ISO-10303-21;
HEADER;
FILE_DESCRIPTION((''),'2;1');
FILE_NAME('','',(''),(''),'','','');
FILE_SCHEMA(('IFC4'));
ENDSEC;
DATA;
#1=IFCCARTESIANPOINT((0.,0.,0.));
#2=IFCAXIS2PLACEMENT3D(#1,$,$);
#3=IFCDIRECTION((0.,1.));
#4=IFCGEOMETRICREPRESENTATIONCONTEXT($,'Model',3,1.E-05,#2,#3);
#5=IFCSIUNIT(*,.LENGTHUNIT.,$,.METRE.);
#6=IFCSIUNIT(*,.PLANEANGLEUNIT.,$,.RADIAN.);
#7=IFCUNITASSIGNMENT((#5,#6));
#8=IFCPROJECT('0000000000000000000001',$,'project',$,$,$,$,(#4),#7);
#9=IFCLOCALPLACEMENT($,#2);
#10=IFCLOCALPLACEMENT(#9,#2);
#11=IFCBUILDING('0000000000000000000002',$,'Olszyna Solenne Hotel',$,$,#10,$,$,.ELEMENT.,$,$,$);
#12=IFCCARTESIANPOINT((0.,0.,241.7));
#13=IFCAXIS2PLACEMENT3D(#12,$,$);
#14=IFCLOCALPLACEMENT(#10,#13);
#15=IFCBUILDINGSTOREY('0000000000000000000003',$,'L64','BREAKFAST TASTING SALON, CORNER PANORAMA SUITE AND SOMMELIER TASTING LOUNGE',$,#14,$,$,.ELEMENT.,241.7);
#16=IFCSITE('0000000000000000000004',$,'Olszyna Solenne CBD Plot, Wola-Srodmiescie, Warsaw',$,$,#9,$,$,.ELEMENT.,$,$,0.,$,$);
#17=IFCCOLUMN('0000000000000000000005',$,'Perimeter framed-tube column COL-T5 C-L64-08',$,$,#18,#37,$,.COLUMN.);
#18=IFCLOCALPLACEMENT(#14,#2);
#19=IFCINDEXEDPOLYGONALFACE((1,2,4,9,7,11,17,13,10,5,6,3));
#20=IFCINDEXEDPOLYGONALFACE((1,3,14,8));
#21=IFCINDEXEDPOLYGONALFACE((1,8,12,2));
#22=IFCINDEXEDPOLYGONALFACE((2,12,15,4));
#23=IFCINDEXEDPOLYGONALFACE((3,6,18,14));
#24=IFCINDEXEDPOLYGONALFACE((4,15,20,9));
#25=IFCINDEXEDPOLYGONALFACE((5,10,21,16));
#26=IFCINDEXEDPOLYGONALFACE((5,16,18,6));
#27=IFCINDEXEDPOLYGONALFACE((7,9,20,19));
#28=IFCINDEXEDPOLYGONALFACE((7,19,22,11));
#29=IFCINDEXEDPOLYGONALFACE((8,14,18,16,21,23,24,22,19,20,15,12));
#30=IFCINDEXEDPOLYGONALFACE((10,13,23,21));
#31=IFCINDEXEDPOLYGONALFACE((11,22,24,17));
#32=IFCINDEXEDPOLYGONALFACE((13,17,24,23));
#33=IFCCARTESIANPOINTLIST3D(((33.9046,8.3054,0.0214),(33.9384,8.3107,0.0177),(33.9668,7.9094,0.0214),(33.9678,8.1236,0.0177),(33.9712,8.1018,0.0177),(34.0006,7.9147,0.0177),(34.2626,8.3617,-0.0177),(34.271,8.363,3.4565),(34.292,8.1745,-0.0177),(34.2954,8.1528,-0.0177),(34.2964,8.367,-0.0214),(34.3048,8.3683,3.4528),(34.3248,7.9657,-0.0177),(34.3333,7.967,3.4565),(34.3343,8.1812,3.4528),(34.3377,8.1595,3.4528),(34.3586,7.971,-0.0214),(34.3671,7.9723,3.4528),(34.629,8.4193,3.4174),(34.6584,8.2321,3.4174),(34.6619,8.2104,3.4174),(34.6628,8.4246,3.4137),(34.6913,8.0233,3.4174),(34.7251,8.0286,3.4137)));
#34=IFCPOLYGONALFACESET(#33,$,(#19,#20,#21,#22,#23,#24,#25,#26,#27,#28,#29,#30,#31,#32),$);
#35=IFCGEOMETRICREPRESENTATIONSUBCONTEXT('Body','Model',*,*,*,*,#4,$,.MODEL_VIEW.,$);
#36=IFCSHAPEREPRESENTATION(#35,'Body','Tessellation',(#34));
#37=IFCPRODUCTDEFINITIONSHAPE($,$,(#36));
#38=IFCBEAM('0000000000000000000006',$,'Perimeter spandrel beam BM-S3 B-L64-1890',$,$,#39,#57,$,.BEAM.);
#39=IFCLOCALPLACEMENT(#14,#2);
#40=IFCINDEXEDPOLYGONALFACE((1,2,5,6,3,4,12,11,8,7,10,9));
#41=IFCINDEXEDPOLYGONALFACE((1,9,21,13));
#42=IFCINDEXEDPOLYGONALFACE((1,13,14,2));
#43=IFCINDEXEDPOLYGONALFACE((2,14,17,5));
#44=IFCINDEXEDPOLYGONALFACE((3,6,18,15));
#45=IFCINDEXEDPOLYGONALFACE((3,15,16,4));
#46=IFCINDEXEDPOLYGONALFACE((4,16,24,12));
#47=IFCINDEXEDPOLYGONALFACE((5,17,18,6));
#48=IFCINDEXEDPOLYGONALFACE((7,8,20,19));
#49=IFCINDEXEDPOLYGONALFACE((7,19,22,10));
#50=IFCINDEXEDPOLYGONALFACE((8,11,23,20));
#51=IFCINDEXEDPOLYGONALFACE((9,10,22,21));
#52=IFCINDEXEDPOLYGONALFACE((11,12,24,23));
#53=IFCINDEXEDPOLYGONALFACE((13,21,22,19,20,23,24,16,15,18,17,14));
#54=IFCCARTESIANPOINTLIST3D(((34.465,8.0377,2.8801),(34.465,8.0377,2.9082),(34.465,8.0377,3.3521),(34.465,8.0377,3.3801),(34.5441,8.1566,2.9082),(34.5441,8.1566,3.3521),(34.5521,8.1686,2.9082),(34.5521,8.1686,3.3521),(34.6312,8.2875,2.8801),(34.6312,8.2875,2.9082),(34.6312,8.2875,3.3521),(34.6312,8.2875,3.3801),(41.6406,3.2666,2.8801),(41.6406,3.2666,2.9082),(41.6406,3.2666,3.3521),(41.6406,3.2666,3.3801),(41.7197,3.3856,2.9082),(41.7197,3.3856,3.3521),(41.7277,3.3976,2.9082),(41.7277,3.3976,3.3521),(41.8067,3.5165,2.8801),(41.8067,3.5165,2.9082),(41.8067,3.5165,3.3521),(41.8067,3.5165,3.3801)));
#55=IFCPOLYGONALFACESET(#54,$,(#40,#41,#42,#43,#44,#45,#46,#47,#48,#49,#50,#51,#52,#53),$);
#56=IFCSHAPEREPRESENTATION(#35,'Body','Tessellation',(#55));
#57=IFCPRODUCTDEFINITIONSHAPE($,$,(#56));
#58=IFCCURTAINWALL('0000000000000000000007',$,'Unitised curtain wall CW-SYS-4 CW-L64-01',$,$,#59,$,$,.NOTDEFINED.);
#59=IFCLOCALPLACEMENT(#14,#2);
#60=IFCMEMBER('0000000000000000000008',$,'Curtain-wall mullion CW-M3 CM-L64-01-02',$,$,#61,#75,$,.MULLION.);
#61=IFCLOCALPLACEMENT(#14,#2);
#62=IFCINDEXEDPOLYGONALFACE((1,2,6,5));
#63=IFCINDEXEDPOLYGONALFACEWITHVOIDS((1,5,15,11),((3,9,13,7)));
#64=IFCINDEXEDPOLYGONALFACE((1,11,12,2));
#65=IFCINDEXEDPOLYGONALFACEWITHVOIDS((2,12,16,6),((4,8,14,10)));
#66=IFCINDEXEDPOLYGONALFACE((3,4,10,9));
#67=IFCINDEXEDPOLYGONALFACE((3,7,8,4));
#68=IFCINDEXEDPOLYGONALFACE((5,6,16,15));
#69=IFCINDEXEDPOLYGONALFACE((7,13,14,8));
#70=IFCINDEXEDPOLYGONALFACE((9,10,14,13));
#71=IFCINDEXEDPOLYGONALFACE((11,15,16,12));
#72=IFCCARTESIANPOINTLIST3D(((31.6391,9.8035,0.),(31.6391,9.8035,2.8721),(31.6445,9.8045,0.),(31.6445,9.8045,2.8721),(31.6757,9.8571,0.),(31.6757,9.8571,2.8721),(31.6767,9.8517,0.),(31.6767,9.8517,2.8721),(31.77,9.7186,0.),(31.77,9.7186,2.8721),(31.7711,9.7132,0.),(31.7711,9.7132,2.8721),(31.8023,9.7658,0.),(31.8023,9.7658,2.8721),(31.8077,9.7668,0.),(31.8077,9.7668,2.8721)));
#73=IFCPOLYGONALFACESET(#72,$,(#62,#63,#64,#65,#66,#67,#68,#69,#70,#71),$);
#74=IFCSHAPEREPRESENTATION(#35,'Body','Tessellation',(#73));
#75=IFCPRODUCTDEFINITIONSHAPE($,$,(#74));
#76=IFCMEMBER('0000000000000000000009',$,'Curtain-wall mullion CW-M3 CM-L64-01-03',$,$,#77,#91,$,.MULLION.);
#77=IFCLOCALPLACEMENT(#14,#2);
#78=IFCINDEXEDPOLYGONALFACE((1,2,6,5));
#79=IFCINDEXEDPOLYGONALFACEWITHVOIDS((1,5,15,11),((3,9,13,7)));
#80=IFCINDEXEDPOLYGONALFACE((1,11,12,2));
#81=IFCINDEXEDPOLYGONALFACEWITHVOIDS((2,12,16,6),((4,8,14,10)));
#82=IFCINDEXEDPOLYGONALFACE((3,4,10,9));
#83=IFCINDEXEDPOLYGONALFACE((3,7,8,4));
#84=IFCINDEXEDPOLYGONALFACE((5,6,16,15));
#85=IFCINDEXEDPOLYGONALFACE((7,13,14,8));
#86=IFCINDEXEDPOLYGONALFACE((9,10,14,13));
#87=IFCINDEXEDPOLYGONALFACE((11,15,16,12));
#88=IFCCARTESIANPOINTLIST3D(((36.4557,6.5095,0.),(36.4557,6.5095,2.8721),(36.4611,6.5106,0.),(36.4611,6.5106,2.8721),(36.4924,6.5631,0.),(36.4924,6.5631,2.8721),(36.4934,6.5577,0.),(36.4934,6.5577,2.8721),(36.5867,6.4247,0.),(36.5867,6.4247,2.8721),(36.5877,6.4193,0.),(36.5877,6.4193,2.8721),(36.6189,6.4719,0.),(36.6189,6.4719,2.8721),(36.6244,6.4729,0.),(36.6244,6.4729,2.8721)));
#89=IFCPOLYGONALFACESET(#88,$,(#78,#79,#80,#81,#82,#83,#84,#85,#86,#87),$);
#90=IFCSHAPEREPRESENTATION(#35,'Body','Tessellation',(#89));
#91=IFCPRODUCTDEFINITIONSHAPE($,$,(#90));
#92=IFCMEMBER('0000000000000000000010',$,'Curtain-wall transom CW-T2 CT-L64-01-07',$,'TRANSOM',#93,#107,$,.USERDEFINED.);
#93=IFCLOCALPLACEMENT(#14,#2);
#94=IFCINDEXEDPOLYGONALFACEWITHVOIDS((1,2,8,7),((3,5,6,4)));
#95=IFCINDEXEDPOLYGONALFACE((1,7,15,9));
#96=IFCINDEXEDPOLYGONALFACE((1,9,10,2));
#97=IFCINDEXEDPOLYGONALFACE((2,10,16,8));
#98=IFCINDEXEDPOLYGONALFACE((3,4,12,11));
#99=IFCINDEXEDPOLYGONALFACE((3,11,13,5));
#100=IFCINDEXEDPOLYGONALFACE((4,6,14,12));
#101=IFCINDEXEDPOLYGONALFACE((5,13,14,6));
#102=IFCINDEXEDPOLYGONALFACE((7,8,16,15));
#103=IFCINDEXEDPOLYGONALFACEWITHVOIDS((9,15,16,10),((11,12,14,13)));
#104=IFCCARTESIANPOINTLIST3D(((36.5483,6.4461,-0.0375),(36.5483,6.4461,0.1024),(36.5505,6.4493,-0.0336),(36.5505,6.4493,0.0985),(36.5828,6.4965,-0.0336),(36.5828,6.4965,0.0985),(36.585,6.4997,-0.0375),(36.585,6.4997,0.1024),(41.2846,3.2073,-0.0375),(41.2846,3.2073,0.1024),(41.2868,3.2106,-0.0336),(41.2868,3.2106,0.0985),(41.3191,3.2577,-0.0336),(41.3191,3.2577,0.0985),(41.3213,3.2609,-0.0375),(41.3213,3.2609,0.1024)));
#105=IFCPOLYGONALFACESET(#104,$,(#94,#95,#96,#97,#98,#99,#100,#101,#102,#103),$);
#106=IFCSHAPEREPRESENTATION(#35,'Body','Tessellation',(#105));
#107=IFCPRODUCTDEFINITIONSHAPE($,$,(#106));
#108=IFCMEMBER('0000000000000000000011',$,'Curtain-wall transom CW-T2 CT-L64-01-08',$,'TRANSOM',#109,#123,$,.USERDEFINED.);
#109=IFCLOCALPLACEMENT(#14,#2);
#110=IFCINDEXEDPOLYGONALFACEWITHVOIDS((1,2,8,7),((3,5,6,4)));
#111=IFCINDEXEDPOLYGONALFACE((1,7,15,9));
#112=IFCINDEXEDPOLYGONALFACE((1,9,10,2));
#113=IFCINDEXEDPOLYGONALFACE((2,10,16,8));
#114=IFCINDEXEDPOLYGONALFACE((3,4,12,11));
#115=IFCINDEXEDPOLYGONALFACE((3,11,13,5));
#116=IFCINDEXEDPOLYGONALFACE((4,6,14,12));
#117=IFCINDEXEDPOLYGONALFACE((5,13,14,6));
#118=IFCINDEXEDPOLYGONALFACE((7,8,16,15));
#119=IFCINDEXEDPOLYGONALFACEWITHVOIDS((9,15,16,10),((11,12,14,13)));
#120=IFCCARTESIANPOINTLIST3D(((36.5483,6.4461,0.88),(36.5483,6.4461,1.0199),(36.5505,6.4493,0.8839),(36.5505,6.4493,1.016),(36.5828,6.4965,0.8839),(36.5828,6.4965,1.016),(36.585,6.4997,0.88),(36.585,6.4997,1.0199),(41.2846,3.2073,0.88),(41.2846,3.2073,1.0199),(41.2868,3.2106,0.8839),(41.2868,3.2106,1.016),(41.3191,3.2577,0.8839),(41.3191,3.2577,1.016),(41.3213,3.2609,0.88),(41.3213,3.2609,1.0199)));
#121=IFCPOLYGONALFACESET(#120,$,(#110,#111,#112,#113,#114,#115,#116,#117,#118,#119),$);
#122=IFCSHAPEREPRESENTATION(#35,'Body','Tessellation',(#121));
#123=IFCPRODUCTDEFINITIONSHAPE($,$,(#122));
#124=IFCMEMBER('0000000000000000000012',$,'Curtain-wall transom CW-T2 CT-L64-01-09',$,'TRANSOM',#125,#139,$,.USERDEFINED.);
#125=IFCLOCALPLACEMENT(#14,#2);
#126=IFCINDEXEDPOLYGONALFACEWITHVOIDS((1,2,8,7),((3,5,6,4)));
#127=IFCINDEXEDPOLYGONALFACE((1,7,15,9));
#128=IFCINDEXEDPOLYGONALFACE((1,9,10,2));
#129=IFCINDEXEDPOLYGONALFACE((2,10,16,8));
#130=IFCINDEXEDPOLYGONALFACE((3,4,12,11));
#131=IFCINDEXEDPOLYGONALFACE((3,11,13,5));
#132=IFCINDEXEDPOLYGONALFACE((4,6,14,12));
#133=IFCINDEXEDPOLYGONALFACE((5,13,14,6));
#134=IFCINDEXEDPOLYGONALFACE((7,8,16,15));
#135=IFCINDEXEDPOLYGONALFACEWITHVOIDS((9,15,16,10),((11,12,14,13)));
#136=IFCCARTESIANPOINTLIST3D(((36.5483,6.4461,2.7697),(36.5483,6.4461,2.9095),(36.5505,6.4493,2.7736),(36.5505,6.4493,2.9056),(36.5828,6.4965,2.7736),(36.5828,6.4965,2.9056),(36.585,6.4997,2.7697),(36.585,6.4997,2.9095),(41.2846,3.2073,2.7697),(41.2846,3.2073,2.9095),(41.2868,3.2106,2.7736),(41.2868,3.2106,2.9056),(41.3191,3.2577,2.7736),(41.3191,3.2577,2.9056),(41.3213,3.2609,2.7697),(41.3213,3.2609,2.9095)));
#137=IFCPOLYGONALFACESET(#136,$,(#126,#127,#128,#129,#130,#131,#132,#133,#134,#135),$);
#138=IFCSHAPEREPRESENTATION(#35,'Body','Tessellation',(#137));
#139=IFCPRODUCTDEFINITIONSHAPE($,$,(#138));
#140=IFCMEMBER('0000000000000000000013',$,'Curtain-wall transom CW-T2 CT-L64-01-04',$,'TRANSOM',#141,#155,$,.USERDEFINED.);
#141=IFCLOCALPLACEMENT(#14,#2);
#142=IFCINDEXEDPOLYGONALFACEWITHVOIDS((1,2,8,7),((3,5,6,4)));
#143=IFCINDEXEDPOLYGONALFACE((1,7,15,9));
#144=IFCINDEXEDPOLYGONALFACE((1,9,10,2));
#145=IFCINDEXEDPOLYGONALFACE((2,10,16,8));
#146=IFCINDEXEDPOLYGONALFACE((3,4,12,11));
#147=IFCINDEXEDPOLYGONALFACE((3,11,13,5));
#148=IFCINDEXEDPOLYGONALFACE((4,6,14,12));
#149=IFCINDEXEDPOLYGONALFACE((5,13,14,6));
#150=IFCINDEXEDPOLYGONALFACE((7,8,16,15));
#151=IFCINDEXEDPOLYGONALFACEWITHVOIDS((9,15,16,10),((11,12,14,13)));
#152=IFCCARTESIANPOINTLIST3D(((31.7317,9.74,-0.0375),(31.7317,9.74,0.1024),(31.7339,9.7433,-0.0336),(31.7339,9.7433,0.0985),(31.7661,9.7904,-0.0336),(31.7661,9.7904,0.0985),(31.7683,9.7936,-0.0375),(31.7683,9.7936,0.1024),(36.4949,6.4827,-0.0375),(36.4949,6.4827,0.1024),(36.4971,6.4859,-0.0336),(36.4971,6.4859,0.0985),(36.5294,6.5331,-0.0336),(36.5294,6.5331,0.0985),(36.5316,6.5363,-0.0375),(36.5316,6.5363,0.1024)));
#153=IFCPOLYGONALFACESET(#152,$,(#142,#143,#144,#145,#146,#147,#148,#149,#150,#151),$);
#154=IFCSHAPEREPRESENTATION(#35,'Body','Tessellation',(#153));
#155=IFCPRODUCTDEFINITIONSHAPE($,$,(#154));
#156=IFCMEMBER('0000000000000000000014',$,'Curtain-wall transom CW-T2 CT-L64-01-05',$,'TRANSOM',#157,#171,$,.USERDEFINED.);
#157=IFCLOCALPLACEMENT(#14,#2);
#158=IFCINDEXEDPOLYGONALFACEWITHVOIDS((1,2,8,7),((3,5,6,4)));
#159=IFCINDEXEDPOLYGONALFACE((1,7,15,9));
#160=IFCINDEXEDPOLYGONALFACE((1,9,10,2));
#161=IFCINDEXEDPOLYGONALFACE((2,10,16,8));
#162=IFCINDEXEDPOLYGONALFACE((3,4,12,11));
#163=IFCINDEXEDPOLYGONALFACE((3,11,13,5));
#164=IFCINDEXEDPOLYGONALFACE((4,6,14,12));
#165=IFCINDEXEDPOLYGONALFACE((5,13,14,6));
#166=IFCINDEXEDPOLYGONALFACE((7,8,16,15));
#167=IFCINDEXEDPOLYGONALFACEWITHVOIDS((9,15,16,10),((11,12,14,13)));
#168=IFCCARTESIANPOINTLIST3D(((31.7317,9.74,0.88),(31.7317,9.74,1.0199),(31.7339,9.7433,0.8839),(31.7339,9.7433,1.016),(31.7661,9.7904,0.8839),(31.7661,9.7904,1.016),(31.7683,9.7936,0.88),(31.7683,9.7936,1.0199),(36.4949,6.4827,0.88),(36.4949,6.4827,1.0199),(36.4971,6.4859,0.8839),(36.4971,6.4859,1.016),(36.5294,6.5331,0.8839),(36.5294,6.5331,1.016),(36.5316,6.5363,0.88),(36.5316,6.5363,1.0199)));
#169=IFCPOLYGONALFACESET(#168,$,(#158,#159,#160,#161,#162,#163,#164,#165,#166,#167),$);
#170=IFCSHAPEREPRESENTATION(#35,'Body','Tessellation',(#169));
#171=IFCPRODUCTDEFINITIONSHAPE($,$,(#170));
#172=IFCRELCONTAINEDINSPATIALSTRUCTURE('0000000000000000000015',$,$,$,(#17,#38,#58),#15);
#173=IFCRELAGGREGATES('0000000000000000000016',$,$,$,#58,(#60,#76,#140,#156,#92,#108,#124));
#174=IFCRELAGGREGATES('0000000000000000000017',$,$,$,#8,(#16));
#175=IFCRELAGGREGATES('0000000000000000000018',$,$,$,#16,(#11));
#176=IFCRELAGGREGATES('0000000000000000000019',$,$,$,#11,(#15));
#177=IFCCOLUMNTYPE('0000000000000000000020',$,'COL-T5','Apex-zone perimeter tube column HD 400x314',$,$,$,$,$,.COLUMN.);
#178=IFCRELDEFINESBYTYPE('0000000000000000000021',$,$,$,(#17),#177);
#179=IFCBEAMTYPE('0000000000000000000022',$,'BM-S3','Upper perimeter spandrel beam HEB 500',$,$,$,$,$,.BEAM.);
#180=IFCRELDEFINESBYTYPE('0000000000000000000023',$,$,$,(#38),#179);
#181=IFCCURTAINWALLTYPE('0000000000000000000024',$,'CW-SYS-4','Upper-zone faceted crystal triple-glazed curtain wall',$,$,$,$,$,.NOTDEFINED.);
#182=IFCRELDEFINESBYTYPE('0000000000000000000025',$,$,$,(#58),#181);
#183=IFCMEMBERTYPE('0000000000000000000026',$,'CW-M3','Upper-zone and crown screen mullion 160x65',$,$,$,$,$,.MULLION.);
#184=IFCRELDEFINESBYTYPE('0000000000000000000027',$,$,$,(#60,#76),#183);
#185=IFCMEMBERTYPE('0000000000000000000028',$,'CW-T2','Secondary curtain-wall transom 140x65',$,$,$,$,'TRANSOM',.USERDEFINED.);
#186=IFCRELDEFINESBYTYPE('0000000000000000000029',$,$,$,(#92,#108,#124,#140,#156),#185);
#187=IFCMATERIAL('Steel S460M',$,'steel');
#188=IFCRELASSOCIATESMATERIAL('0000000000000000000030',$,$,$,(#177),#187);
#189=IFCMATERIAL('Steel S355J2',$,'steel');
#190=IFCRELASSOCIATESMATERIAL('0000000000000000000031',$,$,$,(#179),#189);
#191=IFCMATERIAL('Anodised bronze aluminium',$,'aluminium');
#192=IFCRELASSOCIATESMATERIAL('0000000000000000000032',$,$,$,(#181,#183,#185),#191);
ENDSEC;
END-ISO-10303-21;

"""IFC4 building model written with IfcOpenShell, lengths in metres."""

from ifc_helpers import new_model, si_unit, direction, frame, origin, origin_2d, place, context, subcontext, project, spatial, hollow_rectangle, i_section, extrude, source, transform, mapped, material, material_profile, profile_set, type_object, element, aggregate, save


model = new_model("IFC4")

# Units and contexts
model_context = context("Model", 3, precision=1e-05, world=origin(), true_north=direction((0.0, 1.0)))
body_context = subcontext(model_context, "Body", "Model", "MODEL_VIEW")
ifc_project = project(units=[si_unit("LENGTHUNIT", "METRE"), si_unit("PLANEANGLEUNIT", "RADIAN")], contexts=[model_context])

# Site, building, storey
site_placement = place(None, origin())
site = spatial("IfcSite", under=ifc_project, at=site_placement, Name="Olszyna Solenne CBD Plot, Wola-Srodmiescie, Warsaw", CompositionType="ELEMENT", RefElevation=0.0)
building_placement = place(site_placement, origin())
building = spatial("IfcBuilding", under=site, at=building_placement, Name="Olszyna Solenne Hotel", CompositionType="ELEMENT")
storey_placement = place(building_placement, frame((0.0, 0.0, 241.7)))
storey = spatial("IfcBuildingStorey", under=building, at=storey_placement, Name="L64", Description="BREAKFAST TASTING SALON, CORNER PANORAMA SUITE AND SOMMELIER TASTING LOUNGE", CompositionType="ELEMENT", Elevation=241.7)

# Column
ifc_material_1 = material(Name="Steel S460M", Category="steel")
ifc_material_profile_1 = material_profile(ifc_material_1, i_section(OverallWidth=0.4009, OverallDepth=0.3989, WebThickness=0.022, FlangeThickness=0.0344, at=origin_2d()), Name="HD 400x314", Category="load-bearing")
ifc_profile_set_1 = profile_set([ifc_material_profile_1], Name="Steel S460M")
column_type = type_object("IfcColumnType", Name="COL-T5", Description="Apex-zone perimeter tube column HD 400x314", PredefinedType="COLUMN", material=ifc_profile_set_1)
shared_shape_1 = source(origin(), body_context, "Body", "SweptSolid", [
    extrude(i_section(OverallWidth=0.4009, OverallDepth=0.3989, WebThickness=0.022, FlangeThickness=0.0344, at=origin_2d()), origin(), (0.0, 0.0, 1.0), 3.4551),
])
column_placement = place(storey_placement, frame((34.1316, 8.1382, 0.0), z_axis=(0.106064, 0.016676, 0.994219), x_axis=(-0.15532, 0.987864, 0.0)))
element("IfcColumn", 1, at=column_placement, inside=storey, type_object=column_type, Name="Perimeter framed-tube column COL-T5 C-L64-08", PredefinedType="COLUMN", context=body_context, shape_type="MappedRepresentation", body=[
    mapped(shared_shape_1, transform((0.0, 0.0, 0.0), x_axis=(1.0, 0.0, 0.0), y_axis=(0.0, 1.0, 0.0), z_axis=(0.0, 0.0, 1.0), scale=1.0)),
])

# Beam
ifc_material_2 = material(Name="Steel S355J2", Category="steel")
ifc_material_profile_2 = material_profile(ifc_material_2, i_section(OverallWidth=0.3, OverallDepth=0.5, WebThickness=0.0144, FlangeThickness=0.0281, at=origin_2d()), Name="HEB 500", Category="load-bearing")
ifc_profile_set_2 = profile_set([ifc_material_profile_2], Name="Steel S355J2")
beam_type_1 = type_object("IfcBeamType", Name="BM-S3", Description="Upper perimeter spandrel beam HEB 500", PredefinedType="BEAM", material=ifc_profile_set_2)
shared_shape_2 = source(origin(), body_context, "Body", "SweptSolid", [
    extrude(i_section(OverallWidth=0.3, OverallDepth=0.5, WebThickness=0.0144, FlangeThickness=0.0281, at=origin_2d()), origin(), (0.0, 0.0, 1.0), 8.6169),
])
beam_1_placement = place(storey_placement, frame((34.5481, 8.1626, 3.1301), z_axis=(0.83273, -0.55368, 0.0), x_axis=(0.55368, 0.83273, 0.0)))
element("IfcBeam", 2, at=beam_1_placement, inside=storey, type_object=beam_type_1, Name="Perimeter spandrel beam BM-S3 B-L64-1890", PredefinedType="BEAM", context=body_context, shape_type="MappedRepresentation", body=[
    mapped(shared_shape_2, transform((0.0, 0.0, 0.0), x_axis=(1.0, 0.0, 0.0), y_axis=(0.0, 1.0, 0.0), z_axis=(0.0, 0.0, 1.0), scale=1.0)),
])

# Curtain wall, members
ifc_material_3 = material(Name="Anodised bronze aluminium", Category="aluminium")
curtain_wall_type = type_object("IfcCurtainWallType", Name="CW-SYS-4", Description="Upper-zone faceted crystal triple-glazed curtain wall", PredefinedType="NOTDEFINED", material=ifc_material_3)
curtain_wall_placement = place(storey_placement, origin())
curtain_wall = element("IfcCurtainWall", 3, at=curtain_wall_placement, inside=storey, type_object=curtain_wall_type, Name="Unitised curtain wall CW-SYS-4 CW-L64-01", PredefinedType="NOTDEFINED")
ifc_material_profile_3 = material_profile(ifc_material_3, hollow_rectangle(XDim=0.0649, YDim=0.1599, WallThickness=0.0039, at=origin_2d()), Name="MULL 160x65x4", Category="load-bearing")
ifc_profile_set_3 = profile_set([ifc_material_profile_3], Name="Anodised bronze aluminium")
member_type_1 = type_object("IfcMemberType", Name="CW-M3", Description="Upper-zone and crown screen mullion 160x65", PredefinedType="MULLION", material=ifc_profile_set_3)
shared_shape_3 = source(origin(), body_context, "Body", "SweptSolid", [
    extrude(hollow_rectangle(XDim=0.0649, YDim=0.1599, WallThickness=0.0039, at=origin_2d()), origin(), (0.0, 0.0, 1.0), 2.8721),
])
member_1_placement = place(storey_placement, frame((31.7234, 9.7852, 0.0), z_axis=(0.0, 0.0, 1.0), x_axis=(0.56448, 0.825447, 0.0)))
member_1 = element("IfcMember", 4, at=member_1_placement, type_object=member_type_1, Name="Curtain-wall mullion CW-M3 CM-L64-01-02", PredefinedType="MULLION", context=body_context, shape_type="MappedRepresentation", body=[
    mapped(shared_shape_3, transform((0.0, 0.0, 0.0), x_axis=(1.0, 0.0, 0.0), y_axis=(0.0, 1.0, 0.0), z_axis=(0.0, 0.0, 1.0), scale=1.0)),
])
member_2_placement = place(storey_placement, frame((36.54, 6.4912, 0.0), z_axis=(0.0, 0.0, 1.0), x_axis=(0.56448, 0.825447, 0.0)))
member_2 = element("IfcMember", 5, at=member_2_placement, type_object=member_type_1, Name="Curtain-wall mullion CW-M3 CM-L64-01-03", PredefinedType="MULLION", context=body_context, shape_type="MappedRepresentation", body=[
    mapped(shared_shape_3, transform((0.0, 0.0, 0.0), x_axis=(1.0, 0.0, 0.0), y_axis=(0.0, 1.0, 0.0), z_axis=(0.0, 0.0, 1.0), scale=1.0)),
])
ifc_material_profile_4 = material_profile(ifc_material_3, hollow_rectangle(XDim=0.0649, YDim=0.1399, WallThickness=0.0039, at=origin_2d()), Name="TRAN 140x65x4", Category="load-bearing")
ifc_profile_set_4 = profile_set([ifc_material_profile_4], Name="Anodised bronze aluminium")
member_type_2 = type_object("IfcMemberType", Name="CW-T2", Description="Secondary curtain-wall transom 140x65", ElementType="TRANSOM", PredefinedType="USERDEFINED", material=ifc_profile_set_4)
shared_shape_4 = source(origin(), body_context, "Body", "SweptSolid", [
    extrude(hollow_rectangle(XDim=0.0649, YDim=0.1399, WallThickness=0.0039, at=origin_2d()), origin(), (0.0, 0.0, 1.0), 5.7378),
])
member_3_placement = place(storey_placement, frame((36.5667, 6.4729, 0.0325), z_axis=(0.82546, -0.564461, 0.0), x_axis=(0.564461, 0.82546, 0.0)))
member_3 = element("IfcMember", 6, at=member_3_placement, type_object=member_type_2, Name="Curtain-wall transom CW-T2 CT-L64-01-07", ObjectType="TRANSOM", PredefinedType="USERDEFINED", context=body_context, shape_type="MappedRepresentation", body=[
    mapped(shared_shape_4, transform((0.0, 0.0, 0.0), x_axis=(1.0, 0.0, 0.0), y_axis=(0.0, 1.0, 0.0), z_axis=(0.0, 0.0, 1.0), scale=1.0)),
])
member_4_placement = place(storey_placement, frame((36.5667, 6.4729, 0.95), z_axis=(0.82546, -0.564461, 0.0), x_axis=(0.564461, 0.82546, 0.0)))
member_4 = element("IfcMember", 7, at=member_4_placement, type_object=member_type_2, Name="Curtain-wall transom CW-T2 CT-L64-01-08", ObjectType="TRANSOM", PredefinedType="USERDEFINED", context=body_context, shape_type="MappedRepresentation", body=[
    mapped(shared_shape_4, transform((0.0, 0.0, 0.0), x_axis=(1.0, 0.0, 0.0), y_axis=(0.0, 1.0, 0.0), z_axis=(0.0, 0.0, 1.0), scale=1.0)),
])
member_5_placement = place(storey_placement, frame((36.5667, 6.4729, 2.8396), z_axis=(0.82546, -0.564461, 0.0), x_axis=(0.564461, 0.82546, 0.0)))
member_5 = element("IfcMember", 8, at=member_5_placement, type_object=member_type_2, Name="Curtain-wall transom CW-T2 CT-L64-01-09", ObjectType="TRANSOM", PredefinedType="USERDEFINED", context=body_context, shape_type="MappedRepresentation", body=[
    mapped(shared_shape_4, transform((0.0, 0.0, 0.0), x_axis=(1.0, 0.0, 0.0), y_axis=(0.0, 1.0, 0.0), z_axis=(0.0, 0.0, 1.0), scale=1.0)),
])
shared_shape_5 = source(origin(), body_context, "Body", "SweptSolid", [
    extrude(hollow_rectangle(XDim=0.0649, YDim=0.1399, WallThickness=0.0039, at=origin_2d()), origin(), (0.0, 0.0, 1.0), 5.7705),
])
member_6_placement = place(storey_placement, frame((31.75, 9.7668, 0.0325), z_axis=(0.825444, -0.564484, 0.0), x_axis=(0.564484, 0.825444, 0.0)))
member_6 = element("IfcMember", 9, at=member_6_placement, type_object=member_type_2, Name="Curtain-wall transom CW-T2 CT-L64-01-04", ObjectType="TRANSOM", PredefinedType="USERDEFINED", context=body_context, shape_type="MappedRepresentation", body=[
    mapped(shared_shape_5, transform((0.0, 0.0, 0.0), x_axis=(1.0, 0.0, 0.0), y_axis=(0.0, 1.0, 0.0), z_axis=(0.0, 0.0, 1.0), scale=1.0)),
])
member_7_placement = place(storey_placement, frame((31.75, 9.7668, 0.95), z_axis=(0.825444, -0.564484, 0.0), x_axis=(0.564484, 0.825444, 0.0)))
member_7 = element("IfcMember", 10, at=member_7_placement, type_object=member_type_2, Name="Curtain-wall transom CW-T2 CT-L64-01-05", ObjectType="TRANSOM", PredefinedType="USERDEFINED", context=body_context, shape_type="MappedRepresentation", body=[
    mapped(shared_shape_5, transform((0.0, 0.0, 0.0), x_axis=(1.0, 0.0, 0.0), y_axis=(0.0, 1.0, 0.0), z_axis=(0.0, 0.0, 1.0), scale=1.0)),
])

aggregate(curtain_wall, [member_1, member_2, member_6, member_7, member_3, member_4, member_5])

save(model, "model.ifc")
